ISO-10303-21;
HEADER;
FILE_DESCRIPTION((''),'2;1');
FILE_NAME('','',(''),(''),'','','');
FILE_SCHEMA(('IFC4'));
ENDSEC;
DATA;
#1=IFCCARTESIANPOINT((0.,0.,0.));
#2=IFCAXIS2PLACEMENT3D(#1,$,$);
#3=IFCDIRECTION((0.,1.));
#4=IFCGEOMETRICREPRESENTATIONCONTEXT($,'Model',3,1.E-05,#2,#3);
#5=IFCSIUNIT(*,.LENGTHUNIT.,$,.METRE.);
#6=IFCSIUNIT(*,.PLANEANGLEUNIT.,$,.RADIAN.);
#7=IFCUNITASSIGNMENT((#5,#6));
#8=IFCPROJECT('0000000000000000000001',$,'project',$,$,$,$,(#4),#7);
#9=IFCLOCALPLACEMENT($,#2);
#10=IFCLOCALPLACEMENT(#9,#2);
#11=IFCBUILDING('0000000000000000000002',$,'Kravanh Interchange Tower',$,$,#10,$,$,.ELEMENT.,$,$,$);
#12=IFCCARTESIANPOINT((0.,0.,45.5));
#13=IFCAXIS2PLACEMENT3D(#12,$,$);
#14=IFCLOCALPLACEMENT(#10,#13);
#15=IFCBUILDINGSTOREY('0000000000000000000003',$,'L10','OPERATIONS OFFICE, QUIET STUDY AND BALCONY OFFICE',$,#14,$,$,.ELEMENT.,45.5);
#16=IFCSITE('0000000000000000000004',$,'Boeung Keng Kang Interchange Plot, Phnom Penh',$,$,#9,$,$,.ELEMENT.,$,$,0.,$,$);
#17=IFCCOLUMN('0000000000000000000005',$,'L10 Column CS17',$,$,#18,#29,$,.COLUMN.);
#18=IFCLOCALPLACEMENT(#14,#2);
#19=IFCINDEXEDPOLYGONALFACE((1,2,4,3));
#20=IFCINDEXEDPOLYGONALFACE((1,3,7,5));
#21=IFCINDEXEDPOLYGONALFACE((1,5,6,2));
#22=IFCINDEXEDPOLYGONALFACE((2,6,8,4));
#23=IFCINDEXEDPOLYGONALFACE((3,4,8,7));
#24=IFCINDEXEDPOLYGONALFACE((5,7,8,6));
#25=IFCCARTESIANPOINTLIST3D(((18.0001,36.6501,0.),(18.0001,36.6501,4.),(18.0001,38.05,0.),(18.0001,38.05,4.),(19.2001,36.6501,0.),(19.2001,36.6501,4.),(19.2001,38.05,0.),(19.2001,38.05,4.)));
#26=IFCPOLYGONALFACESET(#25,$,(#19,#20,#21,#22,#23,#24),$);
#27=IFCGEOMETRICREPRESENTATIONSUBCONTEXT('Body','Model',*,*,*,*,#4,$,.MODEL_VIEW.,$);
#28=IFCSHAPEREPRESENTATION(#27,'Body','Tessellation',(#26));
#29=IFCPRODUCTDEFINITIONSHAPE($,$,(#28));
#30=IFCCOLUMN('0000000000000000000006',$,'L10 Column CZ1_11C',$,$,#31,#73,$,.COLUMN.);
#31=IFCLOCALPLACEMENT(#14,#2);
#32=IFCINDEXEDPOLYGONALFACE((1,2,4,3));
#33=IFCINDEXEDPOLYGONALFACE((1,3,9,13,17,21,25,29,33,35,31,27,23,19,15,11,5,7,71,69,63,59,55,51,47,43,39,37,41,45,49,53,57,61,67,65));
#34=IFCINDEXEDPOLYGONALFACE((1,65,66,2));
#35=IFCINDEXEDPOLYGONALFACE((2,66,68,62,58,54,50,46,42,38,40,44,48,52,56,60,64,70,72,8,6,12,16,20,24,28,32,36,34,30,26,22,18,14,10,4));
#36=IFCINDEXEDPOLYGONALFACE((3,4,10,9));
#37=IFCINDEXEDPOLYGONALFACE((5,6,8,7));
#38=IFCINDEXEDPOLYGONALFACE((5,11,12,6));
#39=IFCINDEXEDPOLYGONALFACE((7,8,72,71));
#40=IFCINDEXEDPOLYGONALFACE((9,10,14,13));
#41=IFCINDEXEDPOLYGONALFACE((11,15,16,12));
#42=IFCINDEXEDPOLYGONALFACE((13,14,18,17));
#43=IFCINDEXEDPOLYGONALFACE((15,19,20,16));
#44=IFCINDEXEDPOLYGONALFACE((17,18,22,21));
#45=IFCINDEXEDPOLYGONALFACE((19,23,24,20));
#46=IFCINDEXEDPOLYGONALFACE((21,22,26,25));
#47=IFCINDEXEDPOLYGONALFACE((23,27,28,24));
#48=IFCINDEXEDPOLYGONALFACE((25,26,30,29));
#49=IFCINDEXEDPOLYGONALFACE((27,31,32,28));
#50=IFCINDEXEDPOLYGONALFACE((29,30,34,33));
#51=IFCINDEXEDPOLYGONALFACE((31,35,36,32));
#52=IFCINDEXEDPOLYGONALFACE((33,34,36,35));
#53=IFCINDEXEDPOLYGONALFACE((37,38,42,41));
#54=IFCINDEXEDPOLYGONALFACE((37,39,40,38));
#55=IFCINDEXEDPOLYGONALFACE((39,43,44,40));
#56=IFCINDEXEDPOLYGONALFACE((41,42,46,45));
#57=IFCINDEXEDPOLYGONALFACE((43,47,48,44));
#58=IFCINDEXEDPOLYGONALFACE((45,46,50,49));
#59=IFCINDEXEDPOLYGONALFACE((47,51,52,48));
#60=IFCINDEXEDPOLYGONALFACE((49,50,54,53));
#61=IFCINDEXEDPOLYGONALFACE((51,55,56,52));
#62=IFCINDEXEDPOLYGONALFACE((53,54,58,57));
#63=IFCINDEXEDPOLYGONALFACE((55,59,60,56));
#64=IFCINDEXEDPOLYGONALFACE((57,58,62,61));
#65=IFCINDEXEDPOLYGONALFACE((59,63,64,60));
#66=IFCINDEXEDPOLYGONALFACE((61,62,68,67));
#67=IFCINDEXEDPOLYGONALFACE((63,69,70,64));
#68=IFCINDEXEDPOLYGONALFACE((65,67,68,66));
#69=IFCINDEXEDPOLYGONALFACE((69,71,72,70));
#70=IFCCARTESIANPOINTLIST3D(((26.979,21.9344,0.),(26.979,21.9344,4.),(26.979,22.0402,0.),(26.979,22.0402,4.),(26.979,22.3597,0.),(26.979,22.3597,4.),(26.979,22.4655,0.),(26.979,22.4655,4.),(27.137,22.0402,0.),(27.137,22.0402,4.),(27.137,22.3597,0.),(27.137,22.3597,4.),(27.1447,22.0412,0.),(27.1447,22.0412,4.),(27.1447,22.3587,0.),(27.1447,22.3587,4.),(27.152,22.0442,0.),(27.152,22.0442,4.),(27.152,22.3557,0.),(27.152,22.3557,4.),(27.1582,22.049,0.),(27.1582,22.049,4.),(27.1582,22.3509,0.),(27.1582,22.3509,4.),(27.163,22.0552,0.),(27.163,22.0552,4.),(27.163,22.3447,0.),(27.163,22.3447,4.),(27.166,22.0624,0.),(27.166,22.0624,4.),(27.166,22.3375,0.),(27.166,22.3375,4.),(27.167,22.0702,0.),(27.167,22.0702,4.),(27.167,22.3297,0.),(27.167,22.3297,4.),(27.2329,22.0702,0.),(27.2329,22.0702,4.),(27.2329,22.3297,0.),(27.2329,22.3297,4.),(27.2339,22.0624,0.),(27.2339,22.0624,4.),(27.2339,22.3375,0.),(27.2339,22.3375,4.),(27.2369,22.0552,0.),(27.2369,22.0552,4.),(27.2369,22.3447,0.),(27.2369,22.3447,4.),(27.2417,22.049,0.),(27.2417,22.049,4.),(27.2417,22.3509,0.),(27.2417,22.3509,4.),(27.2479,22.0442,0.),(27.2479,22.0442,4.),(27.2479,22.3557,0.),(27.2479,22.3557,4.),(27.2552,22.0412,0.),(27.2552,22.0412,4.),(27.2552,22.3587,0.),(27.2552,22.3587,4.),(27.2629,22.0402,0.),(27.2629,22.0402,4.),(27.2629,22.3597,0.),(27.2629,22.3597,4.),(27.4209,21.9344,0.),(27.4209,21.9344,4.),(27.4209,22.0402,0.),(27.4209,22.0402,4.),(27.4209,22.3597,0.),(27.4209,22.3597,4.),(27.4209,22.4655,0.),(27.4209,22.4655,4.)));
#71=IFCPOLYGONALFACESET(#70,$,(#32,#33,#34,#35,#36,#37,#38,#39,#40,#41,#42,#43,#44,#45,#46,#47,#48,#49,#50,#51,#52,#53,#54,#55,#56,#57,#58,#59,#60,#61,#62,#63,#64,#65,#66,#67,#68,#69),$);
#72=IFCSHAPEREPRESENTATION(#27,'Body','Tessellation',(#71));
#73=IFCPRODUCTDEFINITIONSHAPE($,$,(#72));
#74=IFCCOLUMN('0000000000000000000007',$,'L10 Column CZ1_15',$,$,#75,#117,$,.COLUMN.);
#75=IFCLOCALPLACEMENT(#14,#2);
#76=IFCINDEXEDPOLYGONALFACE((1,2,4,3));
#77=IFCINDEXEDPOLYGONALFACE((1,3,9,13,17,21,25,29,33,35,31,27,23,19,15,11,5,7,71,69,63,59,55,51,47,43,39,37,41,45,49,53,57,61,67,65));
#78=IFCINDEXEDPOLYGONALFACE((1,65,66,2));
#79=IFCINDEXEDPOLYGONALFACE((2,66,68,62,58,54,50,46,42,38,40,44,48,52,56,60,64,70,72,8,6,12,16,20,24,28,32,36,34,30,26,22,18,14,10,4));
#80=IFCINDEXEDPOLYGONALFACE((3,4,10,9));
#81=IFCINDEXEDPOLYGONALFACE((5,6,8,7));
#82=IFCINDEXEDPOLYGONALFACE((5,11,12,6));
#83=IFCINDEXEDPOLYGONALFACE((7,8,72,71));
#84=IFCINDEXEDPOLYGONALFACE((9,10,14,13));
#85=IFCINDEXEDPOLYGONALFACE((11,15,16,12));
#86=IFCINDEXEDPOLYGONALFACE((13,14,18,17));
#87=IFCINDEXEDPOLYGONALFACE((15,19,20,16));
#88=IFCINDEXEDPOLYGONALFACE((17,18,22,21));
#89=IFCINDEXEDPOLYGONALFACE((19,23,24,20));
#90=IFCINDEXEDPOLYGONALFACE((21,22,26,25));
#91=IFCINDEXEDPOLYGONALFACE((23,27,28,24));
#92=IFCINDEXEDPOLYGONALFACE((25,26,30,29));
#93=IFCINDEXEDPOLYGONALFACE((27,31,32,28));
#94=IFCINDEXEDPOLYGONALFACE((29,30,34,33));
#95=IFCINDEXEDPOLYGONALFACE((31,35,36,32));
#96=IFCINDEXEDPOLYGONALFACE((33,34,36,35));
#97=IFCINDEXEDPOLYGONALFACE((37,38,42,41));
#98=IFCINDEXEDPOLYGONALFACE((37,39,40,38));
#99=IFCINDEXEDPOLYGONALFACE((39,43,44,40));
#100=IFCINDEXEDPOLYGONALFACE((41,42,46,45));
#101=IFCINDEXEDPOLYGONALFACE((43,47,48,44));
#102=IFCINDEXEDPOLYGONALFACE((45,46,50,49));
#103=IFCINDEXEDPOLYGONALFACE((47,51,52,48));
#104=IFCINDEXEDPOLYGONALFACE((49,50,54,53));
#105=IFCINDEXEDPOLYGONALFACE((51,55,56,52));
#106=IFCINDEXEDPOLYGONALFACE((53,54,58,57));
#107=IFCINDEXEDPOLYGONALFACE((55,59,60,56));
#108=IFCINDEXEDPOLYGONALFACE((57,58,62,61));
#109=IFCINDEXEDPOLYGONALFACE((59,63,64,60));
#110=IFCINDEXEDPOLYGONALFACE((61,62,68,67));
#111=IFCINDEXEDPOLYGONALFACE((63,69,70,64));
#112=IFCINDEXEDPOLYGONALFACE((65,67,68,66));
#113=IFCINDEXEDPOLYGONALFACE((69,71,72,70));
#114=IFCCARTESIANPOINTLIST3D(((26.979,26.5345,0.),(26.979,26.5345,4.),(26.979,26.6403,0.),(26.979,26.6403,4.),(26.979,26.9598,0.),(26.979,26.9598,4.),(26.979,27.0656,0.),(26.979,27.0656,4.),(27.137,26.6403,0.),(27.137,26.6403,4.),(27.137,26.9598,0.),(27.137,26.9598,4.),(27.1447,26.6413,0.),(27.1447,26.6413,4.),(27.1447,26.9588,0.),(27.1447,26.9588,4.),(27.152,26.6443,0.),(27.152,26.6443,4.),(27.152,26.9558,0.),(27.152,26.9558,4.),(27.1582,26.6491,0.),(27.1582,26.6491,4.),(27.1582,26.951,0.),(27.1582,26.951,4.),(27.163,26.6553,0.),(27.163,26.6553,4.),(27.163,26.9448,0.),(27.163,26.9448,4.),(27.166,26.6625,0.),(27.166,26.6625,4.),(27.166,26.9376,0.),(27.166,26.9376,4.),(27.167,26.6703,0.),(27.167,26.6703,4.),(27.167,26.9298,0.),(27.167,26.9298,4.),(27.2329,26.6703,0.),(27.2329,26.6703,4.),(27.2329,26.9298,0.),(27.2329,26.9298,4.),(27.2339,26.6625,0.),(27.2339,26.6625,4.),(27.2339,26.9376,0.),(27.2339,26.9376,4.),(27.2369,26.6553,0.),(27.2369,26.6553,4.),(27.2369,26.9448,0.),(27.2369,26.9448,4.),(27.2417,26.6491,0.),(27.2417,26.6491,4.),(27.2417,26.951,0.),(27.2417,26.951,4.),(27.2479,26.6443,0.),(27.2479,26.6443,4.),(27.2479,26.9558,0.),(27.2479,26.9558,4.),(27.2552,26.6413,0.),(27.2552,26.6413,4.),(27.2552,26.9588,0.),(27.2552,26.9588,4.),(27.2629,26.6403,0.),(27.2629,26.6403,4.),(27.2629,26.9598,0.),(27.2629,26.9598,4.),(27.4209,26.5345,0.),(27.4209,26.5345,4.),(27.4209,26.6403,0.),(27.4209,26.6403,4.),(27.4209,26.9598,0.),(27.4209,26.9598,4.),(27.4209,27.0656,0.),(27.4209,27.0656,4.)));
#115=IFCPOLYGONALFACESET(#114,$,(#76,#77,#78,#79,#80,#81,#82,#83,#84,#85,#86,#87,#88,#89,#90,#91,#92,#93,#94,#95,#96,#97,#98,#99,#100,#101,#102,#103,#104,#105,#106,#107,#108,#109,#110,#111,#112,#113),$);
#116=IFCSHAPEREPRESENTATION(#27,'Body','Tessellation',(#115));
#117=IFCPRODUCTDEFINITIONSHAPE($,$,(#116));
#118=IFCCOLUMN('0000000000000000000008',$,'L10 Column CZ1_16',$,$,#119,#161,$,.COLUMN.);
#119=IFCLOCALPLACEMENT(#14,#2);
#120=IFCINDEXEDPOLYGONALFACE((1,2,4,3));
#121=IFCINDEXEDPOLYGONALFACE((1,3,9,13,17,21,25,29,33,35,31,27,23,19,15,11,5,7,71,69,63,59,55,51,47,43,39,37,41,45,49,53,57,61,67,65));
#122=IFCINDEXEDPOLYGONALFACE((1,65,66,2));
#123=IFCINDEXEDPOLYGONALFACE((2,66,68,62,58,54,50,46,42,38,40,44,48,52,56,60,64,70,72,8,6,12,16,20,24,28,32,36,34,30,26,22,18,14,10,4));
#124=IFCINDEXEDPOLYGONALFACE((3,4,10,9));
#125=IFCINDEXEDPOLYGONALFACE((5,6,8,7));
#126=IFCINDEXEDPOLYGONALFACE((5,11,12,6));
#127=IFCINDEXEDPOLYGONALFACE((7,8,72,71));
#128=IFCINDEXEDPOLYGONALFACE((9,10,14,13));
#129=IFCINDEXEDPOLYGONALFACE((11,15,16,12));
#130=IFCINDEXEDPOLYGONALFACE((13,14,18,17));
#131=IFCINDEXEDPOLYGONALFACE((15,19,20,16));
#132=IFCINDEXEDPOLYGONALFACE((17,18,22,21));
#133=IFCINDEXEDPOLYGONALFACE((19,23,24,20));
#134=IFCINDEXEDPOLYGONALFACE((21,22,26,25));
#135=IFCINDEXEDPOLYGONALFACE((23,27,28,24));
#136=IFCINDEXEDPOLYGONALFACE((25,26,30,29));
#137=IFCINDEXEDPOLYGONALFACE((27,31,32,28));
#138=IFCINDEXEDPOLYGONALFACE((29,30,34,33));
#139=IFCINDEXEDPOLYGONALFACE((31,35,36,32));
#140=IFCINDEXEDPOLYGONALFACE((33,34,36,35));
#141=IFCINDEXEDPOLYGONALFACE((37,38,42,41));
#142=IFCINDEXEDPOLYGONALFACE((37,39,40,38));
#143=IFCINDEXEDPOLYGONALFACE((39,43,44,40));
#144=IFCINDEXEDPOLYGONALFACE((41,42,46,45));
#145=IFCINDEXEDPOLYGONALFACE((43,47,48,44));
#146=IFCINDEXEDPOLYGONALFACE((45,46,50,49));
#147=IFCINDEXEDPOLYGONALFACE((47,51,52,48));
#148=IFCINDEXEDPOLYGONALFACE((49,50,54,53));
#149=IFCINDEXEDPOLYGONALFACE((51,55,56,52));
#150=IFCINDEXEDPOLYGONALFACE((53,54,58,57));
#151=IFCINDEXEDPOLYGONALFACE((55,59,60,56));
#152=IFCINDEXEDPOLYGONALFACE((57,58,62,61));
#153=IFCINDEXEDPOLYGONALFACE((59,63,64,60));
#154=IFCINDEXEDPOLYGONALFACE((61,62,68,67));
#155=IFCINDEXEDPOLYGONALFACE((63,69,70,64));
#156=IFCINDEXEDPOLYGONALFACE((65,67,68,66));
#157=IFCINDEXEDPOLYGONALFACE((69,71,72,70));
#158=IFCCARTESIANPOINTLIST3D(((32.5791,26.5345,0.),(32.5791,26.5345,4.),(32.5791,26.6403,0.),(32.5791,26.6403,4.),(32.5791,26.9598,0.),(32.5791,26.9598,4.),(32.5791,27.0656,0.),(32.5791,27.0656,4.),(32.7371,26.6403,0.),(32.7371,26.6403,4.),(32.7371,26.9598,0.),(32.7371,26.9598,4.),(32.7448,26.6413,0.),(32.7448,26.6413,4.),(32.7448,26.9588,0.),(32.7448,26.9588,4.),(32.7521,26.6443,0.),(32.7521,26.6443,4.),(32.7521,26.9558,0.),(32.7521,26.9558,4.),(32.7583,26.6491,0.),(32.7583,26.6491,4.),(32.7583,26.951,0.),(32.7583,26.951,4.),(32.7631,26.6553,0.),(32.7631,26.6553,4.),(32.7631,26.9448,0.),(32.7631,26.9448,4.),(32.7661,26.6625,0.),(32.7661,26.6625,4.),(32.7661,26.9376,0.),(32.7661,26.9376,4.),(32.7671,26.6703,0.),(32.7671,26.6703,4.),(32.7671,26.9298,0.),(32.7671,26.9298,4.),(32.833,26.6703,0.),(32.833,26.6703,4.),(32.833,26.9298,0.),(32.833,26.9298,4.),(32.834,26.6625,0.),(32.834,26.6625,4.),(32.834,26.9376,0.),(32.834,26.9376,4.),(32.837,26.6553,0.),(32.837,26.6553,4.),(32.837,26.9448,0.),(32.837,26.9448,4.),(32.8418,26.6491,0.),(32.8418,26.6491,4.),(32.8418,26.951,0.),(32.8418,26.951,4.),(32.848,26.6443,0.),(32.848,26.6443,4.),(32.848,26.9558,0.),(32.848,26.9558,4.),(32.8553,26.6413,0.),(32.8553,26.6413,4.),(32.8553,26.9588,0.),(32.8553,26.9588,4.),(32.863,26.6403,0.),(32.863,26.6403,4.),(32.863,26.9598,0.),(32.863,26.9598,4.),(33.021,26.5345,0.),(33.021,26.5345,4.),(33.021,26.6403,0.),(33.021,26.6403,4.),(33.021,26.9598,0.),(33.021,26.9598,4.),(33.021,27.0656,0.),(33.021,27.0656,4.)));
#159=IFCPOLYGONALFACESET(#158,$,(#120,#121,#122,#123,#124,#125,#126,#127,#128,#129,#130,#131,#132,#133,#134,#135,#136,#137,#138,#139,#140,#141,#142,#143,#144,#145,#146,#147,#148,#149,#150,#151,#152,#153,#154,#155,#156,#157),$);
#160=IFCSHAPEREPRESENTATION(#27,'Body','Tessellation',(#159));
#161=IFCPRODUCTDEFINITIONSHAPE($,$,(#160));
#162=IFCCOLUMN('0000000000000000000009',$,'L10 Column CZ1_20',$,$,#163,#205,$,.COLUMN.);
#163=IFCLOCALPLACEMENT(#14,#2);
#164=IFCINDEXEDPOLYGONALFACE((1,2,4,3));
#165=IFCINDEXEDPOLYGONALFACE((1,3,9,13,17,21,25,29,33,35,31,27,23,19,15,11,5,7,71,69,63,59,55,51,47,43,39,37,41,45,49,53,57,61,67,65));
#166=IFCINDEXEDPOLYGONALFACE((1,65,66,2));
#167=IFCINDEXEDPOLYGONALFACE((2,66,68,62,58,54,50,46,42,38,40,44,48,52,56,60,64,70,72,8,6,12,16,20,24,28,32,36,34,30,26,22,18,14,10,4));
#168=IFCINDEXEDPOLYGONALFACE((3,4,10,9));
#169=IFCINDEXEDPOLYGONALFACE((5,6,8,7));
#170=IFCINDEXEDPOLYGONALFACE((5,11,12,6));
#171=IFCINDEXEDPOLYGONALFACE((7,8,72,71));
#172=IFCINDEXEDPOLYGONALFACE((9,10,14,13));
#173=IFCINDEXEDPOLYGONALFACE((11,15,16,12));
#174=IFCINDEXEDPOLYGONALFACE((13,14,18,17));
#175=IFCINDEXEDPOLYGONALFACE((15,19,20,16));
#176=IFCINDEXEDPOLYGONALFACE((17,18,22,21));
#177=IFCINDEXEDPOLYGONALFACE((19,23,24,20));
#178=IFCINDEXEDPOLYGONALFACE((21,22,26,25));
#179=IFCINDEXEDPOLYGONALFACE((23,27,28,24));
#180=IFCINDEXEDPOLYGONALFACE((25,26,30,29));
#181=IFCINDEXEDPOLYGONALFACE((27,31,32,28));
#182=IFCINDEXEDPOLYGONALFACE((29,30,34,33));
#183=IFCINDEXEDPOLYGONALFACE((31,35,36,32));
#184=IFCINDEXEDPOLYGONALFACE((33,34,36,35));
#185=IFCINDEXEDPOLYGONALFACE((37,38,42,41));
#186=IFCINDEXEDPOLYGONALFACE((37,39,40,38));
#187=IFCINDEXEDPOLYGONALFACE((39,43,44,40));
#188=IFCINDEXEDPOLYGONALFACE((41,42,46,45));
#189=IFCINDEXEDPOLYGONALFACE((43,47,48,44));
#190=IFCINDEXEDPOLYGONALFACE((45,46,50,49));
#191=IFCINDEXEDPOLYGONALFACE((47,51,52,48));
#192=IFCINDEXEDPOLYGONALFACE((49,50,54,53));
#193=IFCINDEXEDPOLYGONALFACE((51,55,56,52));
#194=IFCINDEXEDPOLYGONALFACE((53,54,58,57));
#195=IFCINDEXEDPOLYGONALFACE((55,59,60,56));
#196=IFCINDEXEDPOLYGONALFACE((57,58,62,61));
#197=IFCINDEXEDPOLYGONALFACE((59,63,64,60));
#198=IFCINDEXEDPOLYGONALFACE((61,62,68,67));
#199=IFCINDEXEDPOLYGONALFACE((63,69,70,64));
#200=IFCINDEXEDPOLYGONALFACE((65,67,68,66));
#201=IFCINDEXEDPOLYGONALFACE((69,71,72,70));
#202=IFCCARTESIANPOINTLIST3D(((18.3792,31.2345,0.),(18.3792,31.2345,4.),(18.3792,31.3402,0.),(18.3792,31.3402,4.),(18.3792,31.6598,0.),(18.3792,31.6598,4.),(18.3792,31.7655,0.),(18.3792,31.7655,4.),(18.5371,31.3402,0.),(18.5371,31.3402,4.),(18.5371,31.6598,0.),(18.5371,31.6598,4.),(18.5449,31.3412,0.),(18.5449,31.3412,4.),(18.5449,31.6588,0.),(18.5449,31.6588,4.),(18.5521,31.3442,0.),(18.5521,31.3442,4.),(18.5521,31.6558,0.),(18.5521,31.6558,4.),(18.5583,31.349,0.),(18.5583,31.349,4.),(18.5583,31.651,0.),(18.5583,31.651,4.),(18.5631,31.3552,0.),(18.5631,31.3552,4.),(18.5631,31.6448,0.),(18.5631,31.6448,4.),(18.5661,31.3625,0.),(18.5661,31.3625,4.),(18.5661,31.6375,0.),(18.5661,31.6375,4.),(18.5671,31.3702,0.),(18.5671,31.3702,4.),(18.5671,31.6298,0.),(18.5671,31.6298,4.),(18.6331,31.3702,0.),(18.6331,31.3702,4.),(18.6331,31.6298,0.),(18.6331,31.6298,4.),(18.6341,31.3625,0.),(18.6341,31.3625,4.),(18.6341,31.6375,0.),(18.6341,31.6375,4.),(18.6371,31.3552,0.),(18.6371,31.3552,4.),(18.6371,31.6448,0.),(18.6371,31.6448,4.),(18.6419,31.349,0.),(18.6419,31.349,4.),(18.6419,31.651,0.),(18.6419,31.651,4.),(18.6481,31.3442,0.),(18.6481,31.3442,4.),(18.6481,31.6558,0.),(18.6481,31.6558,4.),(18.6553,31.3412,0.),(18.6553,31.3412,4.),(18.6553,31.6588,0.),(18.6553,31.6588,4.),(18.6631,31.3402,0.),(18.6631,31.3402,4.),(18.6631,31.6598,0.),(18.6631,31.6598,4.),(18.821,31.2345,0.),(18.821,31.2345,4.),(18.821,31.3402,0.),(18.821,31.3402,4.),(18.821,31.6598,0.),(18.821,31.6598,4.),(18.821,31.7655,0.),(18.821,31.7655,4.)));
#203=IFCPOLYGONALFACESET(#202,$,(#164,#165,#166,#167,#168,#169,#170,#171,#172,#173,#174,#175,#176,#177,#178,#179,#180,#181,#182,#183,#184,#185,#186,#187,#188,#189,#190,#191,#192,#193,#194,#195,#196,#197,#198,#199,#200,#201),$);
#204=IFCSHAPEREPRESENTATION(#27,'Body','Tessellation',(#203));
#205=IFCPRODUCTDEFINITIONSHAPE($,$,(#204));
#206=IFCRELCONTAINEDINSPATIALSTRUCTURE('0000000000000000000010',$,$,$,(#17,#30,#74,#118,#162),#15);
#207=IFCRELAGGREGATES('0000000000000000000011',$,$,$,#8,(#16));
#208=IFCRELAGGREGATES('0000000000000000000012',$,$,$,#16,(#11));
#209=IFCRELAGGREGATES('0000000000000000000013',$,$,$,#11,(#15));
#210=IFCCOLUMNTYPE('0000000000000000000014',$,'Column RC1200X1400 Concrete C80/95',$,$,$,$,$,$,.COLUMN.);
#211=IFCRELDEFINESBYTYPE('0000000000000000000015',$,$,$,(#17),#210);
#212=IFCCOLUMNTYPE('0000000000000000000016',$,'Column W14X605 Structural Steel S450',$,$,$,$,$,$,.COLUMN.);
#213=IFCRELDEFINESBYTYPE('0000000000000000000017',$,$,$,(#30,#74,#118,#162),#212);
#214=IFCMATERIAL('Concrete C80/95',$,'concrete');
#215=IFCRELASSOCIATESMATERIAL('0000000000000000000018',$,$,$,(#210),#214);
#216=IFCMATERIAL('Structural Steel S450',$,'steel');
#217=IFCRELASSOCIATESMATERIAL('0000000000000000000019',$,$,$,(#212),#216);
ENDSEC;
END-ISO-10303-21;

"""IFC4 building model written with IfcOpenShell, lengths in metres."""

from ifc_helpers import new_model, si_unit, direction, frame, origin, origin_2d, place, context, subcontext, project, spatial, rectangle, i_section, extrude, material, material_profile, profile_set, type_object, element, save


model = new_model("IFC4")

# Units and contexts
model_context = context("Model", 3, precision=1e-05, world=origin(), true_north=direction((0.0, 1.0)))
body_context = subcontext(model_context, "Body", "Model", "MODEL_VIEW")
ifc_project = project(units=[si_unit("LENGTHUNIT", "METRE"), si_unit("PLANEANGLEUNIT", "RADIAN")], contexts=[model_context])

# Site, building, storey
site_placement = place(None, origin())
site = spatial("IfcSite", under=ifc_project, at=site_placement, Name="Boeung Keng Kang Interchange Plot, Phnom Penh", CompositionType="ELEMENT", RefElevation=0.0)
building_placement = place(site_placement, origin())
building = spatial("IfcBuilding", under=site, at=building_placement, Name="Kravanh Interchange Tower", CompositionType="ELEMENT")
storey_placement = place(building_placement, frame((0.0, 0.0, 45.5)))
storey = spatial("IfcBuildingStorey", under=building, at=storey_placement, Name="L10", Description="OPERATIONS OFFICE, QUIET STUDY AND BALCONY OFFICE", CompositionType="ELEMENT", Elevation=45.5)

# Columns
ifc_material_1 = material(Name="Concrete C80/95", Category="concrete")
ifc_material_profile_1 = material_profile(ifc_material_1, rectangle(XDim=1.2, YDim=1.3999, at=origin_2d()), Name="RC1200X1400")
ifc_profile_set_1 = profile_set([ifc_material_profile_1], Name="Concrete C80/95")
column_type_1 = type_object("IfcColumnType", Name="Column RC1200X1400 Concrete C80/95", PredefinedType="COLUMN", material=ifc_profile_set_1)
column_placement = place(storey_placement, frame((18.6001, 37.3501, 0.0), z_axis=(0.0, 0.0, 1.0), x_axis=(1.0, 0.0, 0.0)))
element("IfcColumn", 1, at=column_placement, inside=storey, type_object=column_type_1, Name="L10 Column CS17", PredefinedType="COLUMN", context=body_context, shape_type="SweptSolid", body=[
    extrude(rectangle(XDim=1.2, YDim=1.3999, at=origin_2d()), origin(), (0.0, 0.0, 1.0), 4.0),
])
ifc_material_2 = material(Name="Structural Steel S450", Category="steel")
ifc_material_profile_2 = material_profile(ifc_material_2, i_section(OverallWidth=0.4419, OverallDepth=0.531, WebThickness=0.0659, FlangeThickness=0.1057, FilletRadius=0.03, at=origin_2d()), Name="W14X605")
ifc_profile_set_2 = profile_set([ifc_material_profile_2], Name="Structural Steel S450")
column_type_2 = type_object("IfcColumnType", Name="Column W14X605 Structural Steel S450", PredefinedType="COLUMN", material=ifc_profile_set_2)
for number, where, z_axis, x_axis, name in (
    (2, (27.2, 22.2, 0.0), (0.0, 0.0, 1.0), (1.0, 0.0, 0.0), "L10 Column CZ1_11C"),
    (3, (27.2, 26.8, 0.0), (0.0, 0.0, 1.0), (1.0, 0.0, 0.0), "L10 Column CZ1_15"),
    (4, (32.8, 26.8, 0.0), (0.0, 0.0, 1.0), (1.0, 0.0, 0.0), "L10 Column CZ1_16"),
    (5, (18.6001, 31.5, 0.0), (0.0, 0.0, 1.0), (1.0, 0.0, 0.0), "L10 Column CZ1_20"),
):
    element("IfcColumn", number, at=place(storey_placement, frame(where, z_axis=z_axis, x_axis=x_axis)), inside=storey, type_object=column_type_2, Name=name, PredefinedType="COLUMN", context=body_context, shape_type="SweptSolid", body=[
        extrude(i_section(OverallWidth=0.4419, OverallDepth=0.531, WebThickness=0.0659, FlangeThickness=0.1057, FilletRadius=0.03, at=origin_2d()), origin(), (0.0, 0.0, 1.0), 4.0),
    ])

save(model, "model.ifc")
